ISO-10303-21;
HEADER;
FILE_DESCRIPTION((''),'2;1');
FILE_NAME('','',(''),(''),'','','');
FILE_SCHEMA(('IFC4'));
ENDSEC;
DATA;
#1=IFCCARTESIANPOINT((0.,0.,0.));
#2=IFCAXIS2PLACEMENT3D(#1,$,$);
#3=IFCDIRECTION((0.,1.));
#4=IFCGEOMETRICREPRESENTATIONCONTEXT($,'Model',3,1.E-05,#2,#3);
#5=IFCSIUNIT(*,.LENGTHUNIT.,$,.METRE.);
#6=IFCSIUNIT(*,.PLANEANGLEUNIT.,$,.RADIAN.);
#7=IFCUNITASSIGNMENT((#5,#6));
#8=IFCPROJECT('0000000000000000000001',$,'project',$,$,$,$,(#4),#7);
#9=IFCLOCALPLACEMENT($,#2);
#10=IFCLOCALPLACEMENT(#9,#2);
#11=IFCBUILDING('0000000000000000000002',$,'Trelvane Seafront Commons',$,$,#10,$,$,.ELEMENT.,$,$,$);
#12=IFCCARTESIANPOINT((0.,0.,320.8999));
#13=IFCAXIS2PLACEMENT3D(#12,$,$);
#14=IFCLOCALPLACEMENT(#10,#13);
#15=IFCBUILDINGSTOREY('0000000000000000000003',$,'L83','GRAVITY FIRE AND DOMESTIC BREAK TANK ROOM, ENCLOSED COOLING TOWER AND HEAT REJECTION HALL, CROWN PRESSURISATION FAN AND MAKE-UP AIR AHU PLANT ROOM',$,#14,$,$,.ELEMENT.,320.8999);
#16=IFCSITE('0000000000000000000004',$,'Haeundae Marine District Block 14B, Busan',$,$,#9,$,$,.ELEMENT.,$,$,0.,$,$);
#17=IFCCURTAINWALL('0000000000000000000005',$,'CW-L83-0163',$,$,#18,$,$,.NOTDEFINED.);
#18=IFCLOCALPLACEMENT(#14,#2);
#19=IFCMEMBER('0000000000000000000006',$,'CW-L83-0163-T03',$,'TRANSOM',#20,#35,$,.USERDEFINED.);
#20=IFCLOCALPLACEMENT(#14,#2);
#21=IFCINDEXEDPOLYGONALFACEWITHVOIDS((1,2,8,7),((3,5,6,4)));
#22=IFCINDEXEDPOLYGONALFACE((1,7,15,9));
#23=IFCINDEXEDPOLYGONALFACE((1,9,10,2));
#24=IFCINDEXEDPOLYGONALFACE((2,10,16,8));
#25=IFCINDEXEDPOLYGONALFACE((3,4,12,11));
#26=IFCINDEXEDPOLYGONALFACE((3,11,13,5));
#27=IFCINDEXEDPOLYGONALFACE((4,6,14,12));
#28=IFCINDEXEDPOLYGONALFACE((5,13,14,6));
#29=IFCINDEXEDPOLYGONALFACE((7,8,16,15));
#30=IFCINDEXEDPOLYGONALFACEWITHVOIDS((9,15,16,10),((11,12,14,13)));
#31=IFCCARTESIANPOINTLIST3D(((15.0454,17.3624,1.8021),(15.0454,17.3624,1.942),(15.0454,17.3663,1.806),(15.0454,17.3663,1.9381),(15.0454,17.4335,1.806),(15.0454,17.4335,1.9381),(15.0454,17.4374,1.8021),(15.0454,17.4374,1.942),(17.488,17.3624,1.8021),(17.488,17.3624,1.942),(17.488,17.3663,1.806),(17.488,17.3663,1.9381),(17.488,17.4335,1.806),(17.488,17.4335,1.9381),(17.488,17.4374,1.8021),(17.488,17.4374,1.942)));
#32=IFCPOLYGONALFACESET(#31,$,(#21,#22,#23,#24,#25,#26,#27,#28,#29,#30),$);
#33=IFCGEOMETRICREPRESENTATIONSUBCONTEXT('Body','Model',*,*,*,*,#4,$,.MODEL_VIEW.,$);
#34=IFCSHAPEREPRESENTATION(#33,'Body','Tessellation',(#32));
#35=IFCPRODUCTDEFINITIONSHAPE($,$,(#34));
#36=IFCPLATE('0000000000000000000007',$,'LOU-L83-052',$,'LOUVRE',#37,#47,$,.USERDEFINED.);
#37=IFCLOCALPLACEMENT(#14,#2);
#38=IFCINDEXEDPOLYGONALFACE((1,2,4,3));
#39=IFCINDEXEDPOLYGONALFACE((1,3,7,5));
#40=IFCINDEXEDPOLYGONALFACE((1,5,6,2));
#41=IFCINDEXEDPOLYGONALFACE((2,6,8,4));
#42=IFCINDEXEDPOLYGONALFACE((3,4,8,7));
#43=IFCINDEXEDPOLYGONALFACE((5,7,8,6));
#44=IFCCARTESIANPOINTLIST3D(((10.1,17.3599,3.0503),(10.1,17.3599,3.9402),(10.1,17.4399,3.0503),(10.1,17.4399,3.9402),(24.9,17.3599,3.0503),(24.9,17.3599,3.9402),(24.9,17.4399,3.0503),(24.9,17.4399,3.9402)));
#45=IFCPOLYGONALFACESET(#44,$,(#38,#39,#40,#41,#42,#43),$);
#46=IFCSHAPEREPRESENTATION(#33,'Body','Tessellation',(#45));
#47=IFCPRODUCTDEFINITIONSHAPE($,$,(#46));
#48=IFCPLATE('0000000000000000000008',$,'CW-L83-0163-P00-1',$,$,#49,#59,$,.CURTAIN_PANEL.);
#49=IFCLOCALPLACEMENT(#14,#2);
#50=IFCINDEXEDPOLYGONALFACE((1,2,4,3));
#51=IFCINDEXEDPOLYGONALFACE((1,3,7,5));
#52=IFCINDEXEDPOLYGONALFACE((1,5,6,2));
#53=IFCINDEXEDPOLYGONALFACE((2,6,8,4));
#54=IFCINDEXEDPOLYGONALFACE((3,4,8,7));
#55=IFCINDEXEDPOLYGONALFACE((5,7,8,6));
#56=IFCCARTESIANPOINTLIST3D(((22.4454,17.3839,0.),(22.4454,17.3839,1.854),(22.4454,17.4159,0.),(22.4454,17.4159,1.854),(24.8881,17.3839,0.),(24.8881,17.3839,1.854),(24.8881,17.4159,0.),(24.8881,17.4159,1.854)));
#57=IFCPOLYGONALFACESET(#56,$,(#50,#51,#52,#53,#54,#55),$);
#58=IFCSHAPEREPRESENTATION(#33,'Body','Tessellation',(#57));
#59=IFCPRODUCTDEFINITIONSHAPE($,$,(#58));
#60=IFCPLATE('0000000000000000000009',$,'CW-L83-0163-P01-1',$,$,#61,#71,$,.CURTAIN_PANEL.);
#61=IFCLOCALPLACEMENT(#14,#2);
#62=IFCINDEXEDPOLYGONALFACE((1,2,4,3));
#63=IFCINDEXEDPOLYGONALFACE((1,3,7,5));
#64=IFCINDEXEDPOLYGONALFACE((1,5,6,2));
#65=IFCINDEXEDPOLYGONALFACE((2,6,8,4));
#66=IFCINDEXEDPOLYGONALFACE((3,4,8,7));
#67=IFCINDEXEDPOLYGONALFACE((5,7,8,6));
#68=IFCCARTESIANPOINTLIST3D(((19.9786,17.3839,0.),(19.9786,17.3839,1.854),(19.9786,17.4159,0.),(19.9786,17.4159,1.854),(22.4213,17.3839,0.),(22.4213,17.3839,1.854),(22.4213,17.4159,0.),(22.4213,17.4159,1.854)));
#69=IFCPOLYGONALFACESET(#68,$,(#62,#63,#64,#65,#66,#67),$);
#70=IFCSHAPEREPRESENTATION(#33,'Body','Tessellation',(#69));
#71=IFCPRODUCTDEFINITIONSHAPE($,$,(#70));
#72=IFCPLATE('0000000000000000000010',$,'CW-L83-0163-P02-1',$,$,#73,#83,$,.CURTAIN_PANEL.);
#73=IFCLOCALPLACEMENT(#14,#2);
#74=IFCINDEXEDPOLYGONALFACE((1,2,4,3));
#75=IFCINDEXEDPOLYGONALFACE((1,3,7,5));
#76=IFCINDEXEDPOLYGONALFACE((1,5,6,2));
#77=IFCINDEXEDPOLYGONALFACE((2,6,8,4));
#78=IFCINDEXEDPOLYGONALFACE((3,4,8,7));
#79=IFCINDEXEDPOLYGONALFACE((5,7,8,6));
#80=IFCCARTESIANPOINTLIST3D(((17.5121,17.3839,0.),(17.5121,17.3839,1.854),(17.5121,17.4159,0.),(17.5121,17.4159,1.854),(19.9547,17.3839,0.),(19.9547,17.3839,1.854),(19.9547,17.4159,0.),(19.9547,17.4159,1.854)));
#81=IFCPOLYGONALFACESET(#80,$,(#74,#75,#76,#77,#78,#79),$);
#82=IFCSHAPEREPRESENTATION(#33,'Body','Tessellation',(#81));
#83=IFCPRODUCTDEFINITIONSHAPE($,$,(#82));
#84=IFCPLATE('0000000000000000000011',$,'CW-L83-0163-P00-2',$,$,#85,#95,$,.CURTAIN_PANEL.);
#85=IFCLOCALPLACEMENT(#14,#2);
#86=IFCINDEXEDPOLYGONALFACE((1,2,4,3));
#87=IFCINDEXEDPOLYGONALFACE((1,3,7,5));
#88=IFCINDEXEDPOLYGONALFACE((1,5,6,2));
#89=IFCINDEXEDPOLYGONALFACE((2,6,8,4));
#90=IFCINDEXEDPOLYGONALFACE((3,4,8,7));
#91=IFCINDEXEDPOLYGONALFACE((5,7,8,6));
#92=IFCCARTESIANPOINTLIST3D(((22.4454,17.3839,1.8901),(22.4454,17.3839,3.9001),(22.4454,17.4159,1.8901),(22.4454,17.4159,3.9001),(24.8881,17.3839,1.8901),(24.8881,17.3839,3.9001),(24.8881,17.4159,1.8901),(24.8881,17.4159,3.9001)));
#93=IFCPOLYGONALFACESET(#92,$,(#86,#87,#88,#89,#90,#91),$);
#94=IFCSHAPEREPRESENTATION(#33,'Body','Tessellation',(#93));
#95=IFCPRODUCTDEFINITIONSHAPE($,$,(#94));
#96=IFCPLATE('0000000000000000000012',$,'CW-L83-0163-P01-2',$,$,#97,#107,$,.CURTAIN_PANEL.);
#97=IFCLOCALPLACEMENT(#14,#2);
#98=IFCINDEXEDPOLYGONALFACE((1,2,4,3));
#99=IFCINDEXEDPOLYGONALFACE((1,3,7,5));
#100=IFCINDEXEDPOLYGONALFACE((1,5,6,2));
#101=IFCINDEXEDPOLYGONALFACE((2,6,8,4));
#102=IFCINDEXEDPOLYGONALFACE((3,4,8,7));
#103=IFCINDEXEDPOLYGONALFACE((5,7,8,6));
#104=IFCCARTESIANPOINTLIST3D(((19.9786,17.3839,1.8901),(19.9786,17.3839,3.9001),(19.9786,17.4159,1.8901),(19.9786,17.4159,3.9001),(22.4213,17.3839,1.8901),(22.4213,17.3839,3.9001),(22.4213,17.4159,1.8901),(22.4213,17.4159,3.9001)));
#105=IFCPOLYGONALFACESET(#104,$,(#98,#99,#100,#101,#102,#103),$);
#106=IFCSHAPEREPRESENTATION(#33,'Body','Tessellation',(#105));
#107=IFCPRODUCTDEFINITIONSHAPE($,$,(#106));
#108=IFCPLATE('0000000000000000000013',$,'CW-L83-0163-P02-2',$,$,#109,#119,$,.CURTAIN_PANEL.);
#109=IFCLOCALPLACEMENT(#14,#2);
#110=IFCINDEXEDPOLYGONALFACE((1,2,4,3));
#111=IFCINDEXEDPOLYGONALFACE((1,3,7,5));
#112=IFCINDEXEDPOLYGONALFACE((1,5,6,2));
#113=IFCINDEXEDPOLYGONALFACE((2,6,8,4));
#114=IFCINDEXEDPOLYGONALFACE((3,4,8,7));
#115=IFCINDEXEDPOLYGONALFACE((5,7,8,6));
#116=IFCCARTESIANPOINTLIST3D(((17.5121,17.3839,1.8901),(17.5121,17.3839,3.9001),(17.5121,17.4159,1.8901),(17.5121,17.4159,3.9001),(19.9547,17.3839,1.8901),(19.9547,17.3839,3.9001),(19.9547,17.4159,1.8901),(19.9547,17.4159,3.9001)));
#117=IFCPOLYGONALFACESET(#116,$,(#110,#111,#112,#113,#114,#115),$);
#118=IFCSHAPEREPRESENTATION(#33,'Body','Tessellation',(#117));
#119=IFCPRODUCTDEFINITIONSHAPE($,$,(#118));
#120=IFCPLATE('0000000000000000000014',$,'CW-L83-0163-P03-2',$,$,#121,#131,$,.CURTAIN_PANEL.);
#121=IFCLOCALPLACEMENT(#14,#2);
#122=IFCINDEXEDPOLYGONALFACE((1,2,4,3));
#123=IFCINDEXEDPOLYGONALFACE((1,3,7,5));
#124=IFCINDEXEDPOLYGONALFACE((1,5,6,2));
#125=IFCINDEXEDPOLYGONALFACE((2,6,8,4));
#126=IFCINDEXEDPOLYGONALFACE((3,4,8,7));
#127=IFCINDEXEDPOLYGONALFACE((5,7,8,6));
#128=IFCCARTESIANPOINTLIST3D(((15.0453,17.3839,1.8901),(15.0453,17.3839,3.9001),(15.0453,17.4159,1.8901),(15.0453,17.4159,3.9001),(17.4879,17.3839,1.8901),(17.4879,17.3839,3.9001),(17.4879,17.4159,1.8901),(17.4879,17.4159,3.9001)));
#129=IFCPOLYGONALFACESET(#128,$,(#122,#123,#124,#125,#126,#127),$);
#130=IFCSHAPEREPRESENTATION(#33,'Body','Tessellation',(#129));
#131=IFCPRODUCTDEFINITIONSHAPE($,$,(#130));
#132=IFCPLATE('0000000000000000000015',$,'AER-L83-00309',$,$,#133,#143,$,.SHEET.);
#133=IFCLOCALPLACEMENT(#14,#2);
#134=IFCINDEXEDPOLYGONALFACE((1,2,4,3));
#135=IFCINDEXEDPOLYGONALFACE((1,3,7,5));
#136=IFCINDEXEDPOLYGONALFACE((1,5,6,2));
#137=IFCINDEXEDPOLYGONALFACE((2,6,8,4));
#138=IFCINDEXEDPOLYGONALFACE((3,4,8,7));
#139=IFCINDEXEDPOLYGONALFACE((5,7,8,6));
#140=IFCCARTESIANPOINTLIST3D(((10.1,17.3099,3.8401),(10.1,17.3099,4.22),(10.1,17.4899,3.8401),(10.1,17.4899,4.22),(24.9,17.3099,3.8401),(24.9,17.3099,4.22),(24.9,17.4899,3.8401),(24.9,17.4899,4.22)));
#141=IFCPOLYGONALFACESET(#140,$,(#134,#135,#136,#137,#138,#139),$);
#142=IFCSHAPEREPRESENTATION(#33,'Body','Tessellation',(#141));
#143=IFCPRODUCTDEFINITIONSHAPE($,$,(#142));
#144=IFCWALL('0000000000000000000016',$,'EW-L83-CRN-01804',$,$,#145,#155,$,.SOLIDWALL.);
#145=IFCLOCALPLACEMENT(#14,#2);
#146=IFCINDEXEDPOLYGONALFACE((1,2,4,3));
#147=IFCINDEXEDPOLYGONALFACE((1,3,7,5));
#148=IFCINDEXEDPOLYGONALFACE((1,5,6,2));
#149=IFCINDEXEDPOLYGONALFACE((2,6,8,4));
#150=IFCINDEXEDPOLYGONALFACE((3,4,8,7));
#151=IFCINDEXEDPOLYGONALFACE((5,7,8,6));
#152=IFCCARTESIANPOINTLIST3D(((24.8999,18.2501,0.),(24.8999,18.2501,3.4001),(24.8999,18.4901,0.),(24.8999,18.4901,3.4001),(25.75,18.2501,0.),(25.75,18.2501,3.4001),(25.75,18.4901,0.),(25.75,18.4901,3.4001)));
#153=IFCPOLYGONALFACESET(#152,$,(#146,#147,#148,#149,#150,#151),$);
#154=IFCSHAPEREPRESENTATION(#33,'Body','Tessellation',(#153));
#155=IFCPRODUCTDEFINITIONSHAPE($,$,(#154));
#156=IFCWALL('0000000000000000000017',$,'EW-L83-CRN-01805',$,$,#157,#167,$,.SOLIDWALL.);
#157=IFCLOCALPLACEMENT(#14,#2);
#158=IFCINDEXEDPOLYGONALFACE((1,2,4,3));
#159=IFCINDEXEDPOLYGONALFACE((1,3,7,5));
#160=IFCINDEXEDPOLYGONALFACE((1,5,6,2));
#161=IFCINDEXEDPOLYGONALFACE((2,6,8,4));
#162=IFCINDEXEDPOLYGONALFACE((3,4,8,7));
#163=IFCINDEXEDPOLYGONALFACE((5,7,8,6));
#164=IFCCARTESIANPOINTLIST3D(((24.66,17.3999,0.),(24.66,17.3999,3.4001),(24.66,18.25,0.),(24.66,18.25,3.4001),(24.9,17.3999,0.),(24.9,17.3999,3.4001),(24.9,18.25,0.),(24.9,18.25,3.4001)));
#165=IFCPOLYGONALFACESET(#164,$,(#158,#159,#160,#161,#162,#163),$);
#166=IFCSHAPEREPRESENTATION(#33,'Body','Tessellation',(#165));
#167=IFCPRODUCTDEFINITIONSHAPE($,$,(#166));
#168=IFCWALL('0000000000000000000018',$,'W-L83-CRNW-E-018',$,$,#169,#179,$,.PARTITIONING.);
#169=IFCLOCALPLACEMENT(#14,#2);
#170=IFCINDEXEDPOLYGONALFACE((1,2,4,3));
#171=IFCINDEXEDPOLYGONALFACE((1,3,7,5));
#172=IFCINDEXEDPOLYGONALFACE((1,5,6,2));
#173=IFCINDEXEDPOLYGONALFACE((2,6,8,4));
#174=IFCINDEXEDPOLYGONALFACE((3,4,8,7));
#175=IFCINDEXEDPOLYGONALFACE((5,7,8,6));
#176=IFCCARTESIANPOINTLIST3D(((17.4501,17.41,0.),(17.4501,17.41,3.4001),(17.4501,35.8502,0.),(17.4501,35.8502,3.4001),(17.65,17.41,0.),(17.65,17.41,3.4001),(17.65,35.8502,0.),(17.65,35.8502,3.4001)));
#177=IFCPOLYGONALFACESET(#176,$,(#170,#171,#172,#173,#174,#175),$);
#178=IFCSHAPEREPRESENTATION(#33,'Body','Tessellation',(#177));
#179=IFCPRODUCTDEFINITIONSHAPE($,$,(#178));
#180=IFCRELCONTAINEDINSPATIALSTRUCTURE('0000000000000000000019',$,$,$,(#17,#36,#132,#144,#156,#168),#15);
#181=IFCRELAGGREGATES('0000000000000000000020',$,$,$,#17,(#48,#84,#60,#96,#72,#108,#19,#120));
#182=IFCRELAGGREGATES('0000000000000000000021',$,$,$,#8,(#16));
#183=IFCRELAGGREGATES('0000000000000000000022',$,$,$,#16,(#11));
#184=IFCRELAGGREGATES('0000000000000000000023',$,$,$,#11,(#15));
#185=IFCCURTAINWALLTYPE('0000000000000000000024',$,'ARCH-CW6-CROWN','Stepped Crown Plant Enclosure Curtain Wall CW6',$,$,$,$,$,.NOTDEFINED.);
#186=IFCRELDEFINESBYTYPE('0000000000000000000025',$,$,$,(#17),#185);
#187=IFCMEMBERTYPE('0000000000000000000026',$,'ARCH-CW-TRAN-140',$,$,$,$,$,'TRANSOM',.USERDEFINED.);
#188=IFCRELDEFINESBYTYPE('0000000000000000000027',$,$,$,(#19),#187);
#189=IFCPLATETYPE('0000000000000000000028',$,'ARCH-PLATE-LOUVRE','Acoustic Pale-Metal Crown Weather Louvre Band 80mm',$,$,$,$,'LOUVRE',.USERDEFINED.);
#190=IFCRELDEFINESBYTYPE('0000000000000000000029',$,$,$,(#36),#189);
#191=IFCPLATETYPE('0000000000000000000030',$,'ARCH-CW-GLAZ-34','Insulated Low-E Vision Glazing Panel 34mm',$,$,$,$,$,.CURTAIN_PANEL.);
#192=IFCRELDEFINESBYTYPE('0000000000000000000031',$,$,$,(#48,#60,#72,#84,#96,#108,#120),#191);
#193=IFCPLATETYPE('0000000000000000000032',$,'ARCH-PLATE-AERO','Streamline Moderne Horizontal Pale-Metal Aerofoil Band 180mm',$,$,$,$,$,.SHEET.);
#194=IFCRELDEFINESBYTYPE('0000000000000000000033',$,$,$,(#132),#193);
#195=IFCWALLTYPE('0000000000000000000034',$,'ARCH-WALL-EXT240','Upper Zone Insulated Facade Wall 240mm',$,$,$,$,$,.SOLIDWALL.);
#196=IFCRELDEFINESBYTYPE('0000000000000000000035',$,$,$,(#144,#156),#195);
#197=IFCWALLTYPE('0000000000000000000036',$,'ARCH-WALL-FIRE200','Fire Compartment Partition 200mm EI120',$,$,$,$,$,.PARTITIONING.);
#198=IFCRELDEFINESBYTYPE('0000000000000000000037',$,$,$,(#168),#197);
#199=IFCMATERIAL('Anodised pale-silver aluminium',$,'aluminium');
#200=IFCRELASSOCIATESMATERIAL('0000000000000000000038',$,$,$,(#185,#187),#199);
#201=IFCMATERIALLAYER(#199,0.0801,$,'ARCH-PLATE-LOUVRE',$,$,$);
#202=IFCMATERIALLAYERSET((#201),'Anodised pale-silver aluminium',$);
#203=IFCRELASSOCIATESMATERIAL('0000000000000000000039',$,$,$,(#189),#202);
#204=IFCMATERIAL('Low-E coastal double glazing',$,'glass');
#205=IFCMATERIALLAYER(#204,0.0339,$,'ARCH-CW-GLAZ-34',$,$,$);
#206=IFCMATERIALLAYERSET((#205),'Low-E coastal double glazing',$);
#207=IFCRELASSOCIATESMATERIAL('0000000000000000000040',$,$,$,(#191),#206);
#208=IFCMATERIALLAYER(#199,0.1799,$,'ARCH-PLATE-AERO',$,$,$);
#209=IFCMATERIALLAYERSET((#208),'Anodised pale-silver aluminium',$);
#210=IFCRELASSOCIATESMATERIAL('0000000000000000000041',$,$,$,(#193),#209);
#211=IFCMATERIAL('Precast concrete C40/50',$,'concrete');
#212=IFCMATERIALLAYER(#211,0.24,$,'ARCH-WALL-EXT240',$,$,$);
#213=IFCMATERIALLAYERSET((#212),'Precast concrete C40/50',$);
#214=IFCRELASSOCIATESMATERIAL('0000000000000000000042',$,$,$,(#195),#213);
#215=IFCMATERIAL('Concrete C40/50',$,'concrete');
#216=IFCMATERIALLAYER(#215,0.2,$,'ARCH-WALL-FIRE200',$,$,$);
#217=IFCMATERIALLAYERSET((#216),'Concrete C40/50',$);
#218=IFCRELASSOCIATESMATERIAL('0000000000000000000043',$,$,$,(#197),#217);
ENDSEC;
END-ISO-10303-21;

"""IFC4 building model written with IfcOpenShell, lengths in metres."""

from ifc_helpers import new_model, si_unit, direction, frame, frame_2d, origin, origin_2d, place, context, subcontext, project, spatial, rectangle, hollow_rectangle, extrude, source, transform, mapped, material, layer, layer_set, material_profile, profile_set, type_object, element, aggregate, save


model = new_model("IFC4")

# Units and contexts
model_context = context("Model", 3, precision=1e-05, world=origin(), true_north=direction((0.0, 1.0)))
body_context = subcontext(model_context, "Body", "Model", "MODEL_VIEW")
ifc_project = project(units=[si_unit("LENGTHUNIT", "METRE"), si_unit("PLANEANGLEUNIT", "RADIAN")], contexts=[model_context])

# Site, building, storey
site_placement = place(None, origin())
site = spatial("IfcSite", under=ifc_project, at=site_placement, Name="Haeundae Marine District Block 14B, Busan", CompositionType="ELEMENT", RefElevation=0.0)
building_placement = place(site_placement, origin())
building = spatial("IfcBuilding", under=site, at=building_placement, Name="Trelvane Seafront Commons", CompositionType="ELEMENT")
storey_placement = place(building_placement, frame((0.0, 0.0, 320.8999)))
storey = spatial("IfcBuildingStorey", under=building, at=storey_placement, Name="L83", Description="GRAVITY FIRE AND DOMESTIC BREAK TANK ROOM, ENCLOSED COOLING TOWER AND HEAT REJECTION HALL, CROWN PRESSURISATION FAN AND MAKE-UP AIR AHU PLANT ROOM", CompositionType="ELEMENT", Elevation=320.8999)

# Curtain wall, member
ifc_material_1 = material(Name="Anodised pale-silver aluminium", Category="aluminium")
curtain_wall_type = type_object("IfcCurtainWallType", Name="ARCH-CW6-CROWN", Description="Stepped Crown Plant Enclosure Curtain Wall CW6", PredefinedType="NOTDEFINED", material=ifc_material_1)
curtain_wall_placement = place(storey_placement, origin())
curtain_wall = element("IfcCurtainWall", 1, at=curtain_wall_placement, inside=storey, type_object=curtain_wall_type, Name="CW-L83-0163", PredefinedType="NOTDEFINED")
ifc_material_profile_1 = material_profile(ifc_material_1, hollow_rectangle(XDim=0.075, YDim=0.1399, WallThickness=0.0039, at=origin_2d()), Name="TRAN-75x140x4")
ifc_profile_set_1 = profile_set([ifc_material_profile_1], Name="Anodised pale-silver aluminium")
member_type_1 = type_object("IfcMemberType", Name="ARCH-CW-TRAN-140", ElementType="TRANSOM", PredefinedType="USERDEFINED", material=ifc_profile_set_1)
shared_shape_1 = source(origin(), body_context, "Body", "SweptSolid", [
    extrude(hollow_rectangle(XDim=0.075, YDim=0.1399, WallThickness=0.0039, at=origin_2d()), origin(), (0.0, 0.0, 1.0), 2.4426),
])
member_1_placement = place(storey_placement, frame((17.488, 17.3999, 1.8721), z_axis=(-1.0, 0.0, 0.0), x_axis=(0.0, -1.0, 0.0)))
member_1 = element("IfcMember", 2, at=member_1_placement, type_object=member_type_1, Name="CW-L83-0163-T03", ObjectType="TRANSOM", PredefinedType="USERDEFINED", context=body_context, shape_type="MappedRepresentation", body=[
    mapped(shared_shape_1, transform((0.0, 0.0, 0.0), x_axis=(1.0, 0.0, 0.0), y_axis=(0.0, 1.0, 0.0), z_axis=(0.0, 0.0, 1.0), scale=1.0)),
])

# Plates
ifc_layer_1 = layer(ifc_material_1, 0.0801, Name="ARCH-PLATE-LOUVRE")
ifc_layer_set_1 = layer_set([ifc_layer_1], Name="Anodised pale-silver aluminium")
plate_type_1 = type_object("IfcPlateType", Name="ARCH-PLATE-LOUVRE", Description="Acoustic Pale-Metal Crown Weather Louvre Band 80mm", ElementType="LOUVRE", PredefinedType="USERDEFINED", material=ifc_layer_set_1)
shared_shape_2 = source(origin(), body_context, "Body", "SweptSolid", [
    extrude(rectangle(XDim=14.8, YDim=0.0801, at=origin_2d()), origin(), (0.0, 0.0, 1.0), 0.8899),
])
plate_1_placement = place(storey_placement, frame((17.5, 17.3999, 3.0503), z_axis=(0.0, 0.0, 1.0), x_axis=(-1.0, 0.0, 0.0)))
element("IfcPlate", 3, at=plate_1_placement, inside=storey, type_object=plate_type_1, Name="LOU-L83-052", ObjectType="LOUVRE", PredefinedType="USERDEFINED", context=body_context, shape_type="MappedRepresentation", body=[
    mapped(shared_shape_2, transform((0.0, 0.0, 0.0), x_axis=(1.0, 0.0, 0.0), y_axis=(0.0, 1.0, 0.0), z_axis=(0.0, 0.0, 1.0), scale=1.0)),
])
ifc_material_2 = material(Name="Low-E coastal double glazing", Category="glass")
ifc_layer_2 = layer(ifc_material_2, 0.0339, Name="ARCH-CW-GLAZ-34")
ifc_layer_set_2 = layer_set([ifc_layer_2], Name="Low-E coastal double glazing")
plate_type_2 = type_object("IfcPlateType", Name="ARCH-CW-GLAZ-34", Description="Insulated Low-E Vision Glazing Panel 34mm", PredefinedType="CURTAIN_PANEL", material=ifc_layer_set_2)
shared_shape_3 = source(origin(), body_context, "Body", "SweptSolid", [
    extrude(rectangle(XDim=2.4426, YDim=0.032, at=origin_2d()), origin(), (0.0, 0.0, 1.0), 1.854),
])
plate_2_placement = place(storey_placement, frame((23.6667, 17.3999, 0.0), z_axis=(0.0, 0.0, 1.0), x_axis=(-1.0, 0.0, 0.0)))
plate_2 = element("IfcPlate", 4, at=plate_2_placement, type_object=plate_type_2, Name="CW-L83-0163-P00-1", PredefinedType="CURTAIN_PANEL", context=body_context, shape_type="MappedRepresentation", body=[
    mapped(shared_shape_3, transform((0.0, 0.0, 0.0), x_axis=(1.0, 0.0, 0.0), y_axis=(0.0, 1.0, 0.0), z_axis=(0.0, 0.0, 1.0), scale=1.0)),
])
plate_3_placement = place(storey_placement, frame((21.2, 17.3999, 0.0), z_axis=(0.0, 0.0, 1.0), x_axis=(-1.0, 0.0, 0.0)))
plate_3 = element("IfcPlate", 5, at=plate_3_placement, type_object=plate_type_2, Name="CW-L83-0163-P01-1", PredefinedType="CURTAIN_PANEL", context=body_context, shape_type="MappedRepresentation", body=[
    mapped(shared_shape_3, transform((0.0, 0.0, 0.0), x_axis=(1.0, 0.0, 0.0), y_axis=(0.0, 1.0, 0.0), z_axis=(0.0, 0.0, 1.0), scale=1.0)),
])
plate_4_placement = place(storey_placement, frame((18.7334, 17.3999, 0.0), z_axis=(0.0, 0.0, 1.0), x_axis=(-1.0, 0.0, 0.0)))
plate_4 = element("IfcPlate", 6, at=plate_4_placement, type_object=plate_type_2, Name="CW-L83-0163-P02-1", PredefinedType="CURTAIN_PANEL", context=body_context, shape_type="MappedRepresentation", body=[
    mapped(shared_shape_3, transform((0.0, 0.0, 0.0), x_axis=(1.0, 0.0, 0.0), y_axis=(0.0, 1.0, 0.0), z_axis=(0.0, 0.0, 1.0), scale=1.0)),
])
shared_shape_4 = source(origin(), body_context, "Body", "SweptSolid", [
    extrude(rectangle(XDim=2.4426, YDim=0.032, at=origin_2d()), origin(), (0.0, 0.0, 1.0), 2.01),
])
plate_5_placement = place(storey_placement, frame((23.6667, 17.3999, 1.8901), z_axis=(0.0, 0.0, 1.0), x_axis=(-1.0, 0.0, 0.0)))
plate_5 = element("IfcPlate", 7, at=plate_5_placement, type_object=plate_type_2, Name="CW-L83-0163-P00-2", PredefinedType="CURTAIN_PANEL", context=body_context, shape_type="MappedRepresentation", body=[
    mapped(shared_shape_4, transform((0.0, 0.0, 0.0), x_axis=(1.0, 0.0, 0.0), y_axis=(0.0, 1.0, 0.0), z_axis=(0.0, 0.0, 1.0), scale=1.0)),
])
plate_6_placement = place(storey_placement, frame((21.2, 17.3999, 1.8901), z_axis=(0.0, 0.0, 1.0), x_axis=(-1.0, 0.0, 0.0)))
plate_6 = element("IfcPlate", 8, at=plate_6_placement, type_object=plate_type_2, Name="CW-L83-0163-P01-2", PredefinedType="CURTAIN_PANEL", context=body_context, shape_type="MappedRepresentation", body=[
    mapped(shared_shape_4, transform((0.0, 0.0, 0.0), x_axis=(1.0, 0.0, 0.0), y_axis=(0.0, 1.0, 0.0), z_axis=(0.0, 0.0, 1.0), scale=1.0)),
])
plate_7_placement = place(storey_placement, frame((18.7334, 17.3999, 1.8901), z_axis=(0.0, 0.0, 1.0), x_axis=(-1.0, 0.0, 0.0)))
plate_7 = element("IfcPlate", 9, at=plate_7_placement, type_object=plate_type_2, Name="CW-L83-0163-P02-2", PredefinedType="CURTAIN_PANEL", context=body_context, shape_type="MappedRepresentation", body=[
    mapped(shared_shape_4, transform((0.0, 0.0, 0.0), x_axis=(1.0, 0.0, 0.0), y_axis=(0.0, 1.0, 0.0), z_axis=(0.0, 0.0, 1.0), scale=1.0)),
])
plate_8_placement = place(storey_placement, frame((16.2666, 17.3999, 1.8901), z_axis=(0.0, 0.0, 1.0), x_axis=(-1.0, 0.0, 0.0)))
plate_8 = element("IfcPlate", 10, at=plate_8_placement, type_object=plate_type_2, Name="CW-L83-0163-P03-2", PredefinedType="CURTAIN_PANEL", context=body_context, shape_type="MappedRepresentation", body=[
    mapped(shared_shape_4, transform((0.0, 0.0, 0.0), x_axis=(1.0, 0.0, 0.0), y_axis=(0.0, 1.0, 0.0), z_axis=(0.0, 0.0, 1.0), scale=1.0)),
])
aggregate(curtain_wall, [plate_2, plate_5, plate_3, plate_6, plate_4, plate_7, member_1, plate_8])
ifc_layer_3 = layer(ifc_material_1, 0.1799, Name="ARCH-PLATE-AERO")
ifc_layer_set_3 = layer_set([ifc_layer_3], Name="Anodised pale-silver aluminium")
plate_type_3 = type_object("IfcPlateType", Name="ARCH-PLATE-AERO", Description="Streamline Moderne Horizontal Pale-Metal Aerofoil Band 180mm", PredefinedType="SHEET", material=ifc_layer_set_3)
shared_shape_5 = source(origin(), body_context, "Body", "SweptSolid", [
    extrude(rectangle(XDim=14.8, YDim=0.1799, at=origin_2d()), origin(), (0.0, 0.0, 1.0), 0.3799),
])
plate_9_placement = place(storey_placement, frame((17.5, 17.3999, 3.8401), z_axis=(0.0, 0.0, 1.0), x_axis=(-1.0, 0.0, 0.0)))
element("IfcPlate", 11, at=plate_9_placement, inside=storey, type_object=plate_type_3, Name="AER-L83-00309", PredefinedType="SHEET", context=body_context, shape_type="MappedRepresentation", body=[
    mapped(shared_shape_5, transform((0.0, 0.0, 0.0), x_axis=(1.0, 0.0, 0.0), y_axis=(0.0, 1.0, 0.0), z_axis=(0.0, 0.0, 1.0), scale=1.0)),
])

# Walls
ifc_material_3 = material(Name="Precast concrete C40/50", Category="concrete")
ifc_layer_4 = layer(ifc_material_3, 0.24, Name="ARCH-WALL-EXT240")
ifc_layer_set_4 = layer_set([ifc_layer_4], Name="Precast concrete C40/50")
wall_type_1 = type_object("IfcWallType", Name="ARCH-WALL-EXT240", Description="Upper Zone Insulated Facade Wall 240mm", PredefinedType="SOLIDWALL", material=ifc_layer_set_4)
for number, where, z_axis, x_axis, name in (
    (12, (25.75, 18.3701, 0.0), (0.0, 0.0, 1.0), (-1.0, 0.0, 0.0), "EW-L83-CRN-01804"),
    (13, (24.78, 18.25, 0.0), (0.0, 0.0, 1.0), (0.0, -1.0, 0.0), "EW-L83-CRN-01805"),
):
    element("IfcWall", number, at=place(storey_placement, frame(where, z_axis=z_axis, x_axis=x_axis)), inside=storey, type_object=wall_type_1, Name=name, PredefinedType="SOLIDWALL", context=body_context, shape_type="SweptSolid", body=[
        extrude(rectangle(XDim=0.8501, YDim=0.24, at=frame_2d((0.425, 0.0))), origin(), (0.0, 0.0, 1.0), 3.4001),
    ])
ifc_material_4 = material(Name="Concrete C40/50", Category="concrete")
ifc_layer_5 = layer(ifc_material_4, 0.2, Name="ARCH-WALL-FIRE200")
ifc_layer_set_5 = layer_set([ifc_layer_5], Name="Concrete C40/50")
wall_type_2 = type_object("IfcWallType", Name="ARCH-WALL-FIRE200", Description="Fire Compartment Partition 200mm EI120", PredefinedType="PARTITIONING", material=ifc_layer_set_5)
wall_placement = place(storey_placement, frame((17.55, 17.4099, 0.0), z_axis=(0.0, 0.0, 1.0), x_axis=(0.0, 1.0, 0.0)))
element("IfcWall", 14, at=wall_placement, inside=storey, type_object=wall_type_2, Name="W-L83-CRNW-E-018", PredefinedType="PARTITIONING", context=body_context, shape_type="SweptSolid", body=[
    extrude(rectangle(XDim=18.4402, YDim=0.2, at=frame_2d((9.2202, 0.0))), origin(), (0.0, 0.0, 1.0), 3.4001),
])

save(model, "model.ifc")
